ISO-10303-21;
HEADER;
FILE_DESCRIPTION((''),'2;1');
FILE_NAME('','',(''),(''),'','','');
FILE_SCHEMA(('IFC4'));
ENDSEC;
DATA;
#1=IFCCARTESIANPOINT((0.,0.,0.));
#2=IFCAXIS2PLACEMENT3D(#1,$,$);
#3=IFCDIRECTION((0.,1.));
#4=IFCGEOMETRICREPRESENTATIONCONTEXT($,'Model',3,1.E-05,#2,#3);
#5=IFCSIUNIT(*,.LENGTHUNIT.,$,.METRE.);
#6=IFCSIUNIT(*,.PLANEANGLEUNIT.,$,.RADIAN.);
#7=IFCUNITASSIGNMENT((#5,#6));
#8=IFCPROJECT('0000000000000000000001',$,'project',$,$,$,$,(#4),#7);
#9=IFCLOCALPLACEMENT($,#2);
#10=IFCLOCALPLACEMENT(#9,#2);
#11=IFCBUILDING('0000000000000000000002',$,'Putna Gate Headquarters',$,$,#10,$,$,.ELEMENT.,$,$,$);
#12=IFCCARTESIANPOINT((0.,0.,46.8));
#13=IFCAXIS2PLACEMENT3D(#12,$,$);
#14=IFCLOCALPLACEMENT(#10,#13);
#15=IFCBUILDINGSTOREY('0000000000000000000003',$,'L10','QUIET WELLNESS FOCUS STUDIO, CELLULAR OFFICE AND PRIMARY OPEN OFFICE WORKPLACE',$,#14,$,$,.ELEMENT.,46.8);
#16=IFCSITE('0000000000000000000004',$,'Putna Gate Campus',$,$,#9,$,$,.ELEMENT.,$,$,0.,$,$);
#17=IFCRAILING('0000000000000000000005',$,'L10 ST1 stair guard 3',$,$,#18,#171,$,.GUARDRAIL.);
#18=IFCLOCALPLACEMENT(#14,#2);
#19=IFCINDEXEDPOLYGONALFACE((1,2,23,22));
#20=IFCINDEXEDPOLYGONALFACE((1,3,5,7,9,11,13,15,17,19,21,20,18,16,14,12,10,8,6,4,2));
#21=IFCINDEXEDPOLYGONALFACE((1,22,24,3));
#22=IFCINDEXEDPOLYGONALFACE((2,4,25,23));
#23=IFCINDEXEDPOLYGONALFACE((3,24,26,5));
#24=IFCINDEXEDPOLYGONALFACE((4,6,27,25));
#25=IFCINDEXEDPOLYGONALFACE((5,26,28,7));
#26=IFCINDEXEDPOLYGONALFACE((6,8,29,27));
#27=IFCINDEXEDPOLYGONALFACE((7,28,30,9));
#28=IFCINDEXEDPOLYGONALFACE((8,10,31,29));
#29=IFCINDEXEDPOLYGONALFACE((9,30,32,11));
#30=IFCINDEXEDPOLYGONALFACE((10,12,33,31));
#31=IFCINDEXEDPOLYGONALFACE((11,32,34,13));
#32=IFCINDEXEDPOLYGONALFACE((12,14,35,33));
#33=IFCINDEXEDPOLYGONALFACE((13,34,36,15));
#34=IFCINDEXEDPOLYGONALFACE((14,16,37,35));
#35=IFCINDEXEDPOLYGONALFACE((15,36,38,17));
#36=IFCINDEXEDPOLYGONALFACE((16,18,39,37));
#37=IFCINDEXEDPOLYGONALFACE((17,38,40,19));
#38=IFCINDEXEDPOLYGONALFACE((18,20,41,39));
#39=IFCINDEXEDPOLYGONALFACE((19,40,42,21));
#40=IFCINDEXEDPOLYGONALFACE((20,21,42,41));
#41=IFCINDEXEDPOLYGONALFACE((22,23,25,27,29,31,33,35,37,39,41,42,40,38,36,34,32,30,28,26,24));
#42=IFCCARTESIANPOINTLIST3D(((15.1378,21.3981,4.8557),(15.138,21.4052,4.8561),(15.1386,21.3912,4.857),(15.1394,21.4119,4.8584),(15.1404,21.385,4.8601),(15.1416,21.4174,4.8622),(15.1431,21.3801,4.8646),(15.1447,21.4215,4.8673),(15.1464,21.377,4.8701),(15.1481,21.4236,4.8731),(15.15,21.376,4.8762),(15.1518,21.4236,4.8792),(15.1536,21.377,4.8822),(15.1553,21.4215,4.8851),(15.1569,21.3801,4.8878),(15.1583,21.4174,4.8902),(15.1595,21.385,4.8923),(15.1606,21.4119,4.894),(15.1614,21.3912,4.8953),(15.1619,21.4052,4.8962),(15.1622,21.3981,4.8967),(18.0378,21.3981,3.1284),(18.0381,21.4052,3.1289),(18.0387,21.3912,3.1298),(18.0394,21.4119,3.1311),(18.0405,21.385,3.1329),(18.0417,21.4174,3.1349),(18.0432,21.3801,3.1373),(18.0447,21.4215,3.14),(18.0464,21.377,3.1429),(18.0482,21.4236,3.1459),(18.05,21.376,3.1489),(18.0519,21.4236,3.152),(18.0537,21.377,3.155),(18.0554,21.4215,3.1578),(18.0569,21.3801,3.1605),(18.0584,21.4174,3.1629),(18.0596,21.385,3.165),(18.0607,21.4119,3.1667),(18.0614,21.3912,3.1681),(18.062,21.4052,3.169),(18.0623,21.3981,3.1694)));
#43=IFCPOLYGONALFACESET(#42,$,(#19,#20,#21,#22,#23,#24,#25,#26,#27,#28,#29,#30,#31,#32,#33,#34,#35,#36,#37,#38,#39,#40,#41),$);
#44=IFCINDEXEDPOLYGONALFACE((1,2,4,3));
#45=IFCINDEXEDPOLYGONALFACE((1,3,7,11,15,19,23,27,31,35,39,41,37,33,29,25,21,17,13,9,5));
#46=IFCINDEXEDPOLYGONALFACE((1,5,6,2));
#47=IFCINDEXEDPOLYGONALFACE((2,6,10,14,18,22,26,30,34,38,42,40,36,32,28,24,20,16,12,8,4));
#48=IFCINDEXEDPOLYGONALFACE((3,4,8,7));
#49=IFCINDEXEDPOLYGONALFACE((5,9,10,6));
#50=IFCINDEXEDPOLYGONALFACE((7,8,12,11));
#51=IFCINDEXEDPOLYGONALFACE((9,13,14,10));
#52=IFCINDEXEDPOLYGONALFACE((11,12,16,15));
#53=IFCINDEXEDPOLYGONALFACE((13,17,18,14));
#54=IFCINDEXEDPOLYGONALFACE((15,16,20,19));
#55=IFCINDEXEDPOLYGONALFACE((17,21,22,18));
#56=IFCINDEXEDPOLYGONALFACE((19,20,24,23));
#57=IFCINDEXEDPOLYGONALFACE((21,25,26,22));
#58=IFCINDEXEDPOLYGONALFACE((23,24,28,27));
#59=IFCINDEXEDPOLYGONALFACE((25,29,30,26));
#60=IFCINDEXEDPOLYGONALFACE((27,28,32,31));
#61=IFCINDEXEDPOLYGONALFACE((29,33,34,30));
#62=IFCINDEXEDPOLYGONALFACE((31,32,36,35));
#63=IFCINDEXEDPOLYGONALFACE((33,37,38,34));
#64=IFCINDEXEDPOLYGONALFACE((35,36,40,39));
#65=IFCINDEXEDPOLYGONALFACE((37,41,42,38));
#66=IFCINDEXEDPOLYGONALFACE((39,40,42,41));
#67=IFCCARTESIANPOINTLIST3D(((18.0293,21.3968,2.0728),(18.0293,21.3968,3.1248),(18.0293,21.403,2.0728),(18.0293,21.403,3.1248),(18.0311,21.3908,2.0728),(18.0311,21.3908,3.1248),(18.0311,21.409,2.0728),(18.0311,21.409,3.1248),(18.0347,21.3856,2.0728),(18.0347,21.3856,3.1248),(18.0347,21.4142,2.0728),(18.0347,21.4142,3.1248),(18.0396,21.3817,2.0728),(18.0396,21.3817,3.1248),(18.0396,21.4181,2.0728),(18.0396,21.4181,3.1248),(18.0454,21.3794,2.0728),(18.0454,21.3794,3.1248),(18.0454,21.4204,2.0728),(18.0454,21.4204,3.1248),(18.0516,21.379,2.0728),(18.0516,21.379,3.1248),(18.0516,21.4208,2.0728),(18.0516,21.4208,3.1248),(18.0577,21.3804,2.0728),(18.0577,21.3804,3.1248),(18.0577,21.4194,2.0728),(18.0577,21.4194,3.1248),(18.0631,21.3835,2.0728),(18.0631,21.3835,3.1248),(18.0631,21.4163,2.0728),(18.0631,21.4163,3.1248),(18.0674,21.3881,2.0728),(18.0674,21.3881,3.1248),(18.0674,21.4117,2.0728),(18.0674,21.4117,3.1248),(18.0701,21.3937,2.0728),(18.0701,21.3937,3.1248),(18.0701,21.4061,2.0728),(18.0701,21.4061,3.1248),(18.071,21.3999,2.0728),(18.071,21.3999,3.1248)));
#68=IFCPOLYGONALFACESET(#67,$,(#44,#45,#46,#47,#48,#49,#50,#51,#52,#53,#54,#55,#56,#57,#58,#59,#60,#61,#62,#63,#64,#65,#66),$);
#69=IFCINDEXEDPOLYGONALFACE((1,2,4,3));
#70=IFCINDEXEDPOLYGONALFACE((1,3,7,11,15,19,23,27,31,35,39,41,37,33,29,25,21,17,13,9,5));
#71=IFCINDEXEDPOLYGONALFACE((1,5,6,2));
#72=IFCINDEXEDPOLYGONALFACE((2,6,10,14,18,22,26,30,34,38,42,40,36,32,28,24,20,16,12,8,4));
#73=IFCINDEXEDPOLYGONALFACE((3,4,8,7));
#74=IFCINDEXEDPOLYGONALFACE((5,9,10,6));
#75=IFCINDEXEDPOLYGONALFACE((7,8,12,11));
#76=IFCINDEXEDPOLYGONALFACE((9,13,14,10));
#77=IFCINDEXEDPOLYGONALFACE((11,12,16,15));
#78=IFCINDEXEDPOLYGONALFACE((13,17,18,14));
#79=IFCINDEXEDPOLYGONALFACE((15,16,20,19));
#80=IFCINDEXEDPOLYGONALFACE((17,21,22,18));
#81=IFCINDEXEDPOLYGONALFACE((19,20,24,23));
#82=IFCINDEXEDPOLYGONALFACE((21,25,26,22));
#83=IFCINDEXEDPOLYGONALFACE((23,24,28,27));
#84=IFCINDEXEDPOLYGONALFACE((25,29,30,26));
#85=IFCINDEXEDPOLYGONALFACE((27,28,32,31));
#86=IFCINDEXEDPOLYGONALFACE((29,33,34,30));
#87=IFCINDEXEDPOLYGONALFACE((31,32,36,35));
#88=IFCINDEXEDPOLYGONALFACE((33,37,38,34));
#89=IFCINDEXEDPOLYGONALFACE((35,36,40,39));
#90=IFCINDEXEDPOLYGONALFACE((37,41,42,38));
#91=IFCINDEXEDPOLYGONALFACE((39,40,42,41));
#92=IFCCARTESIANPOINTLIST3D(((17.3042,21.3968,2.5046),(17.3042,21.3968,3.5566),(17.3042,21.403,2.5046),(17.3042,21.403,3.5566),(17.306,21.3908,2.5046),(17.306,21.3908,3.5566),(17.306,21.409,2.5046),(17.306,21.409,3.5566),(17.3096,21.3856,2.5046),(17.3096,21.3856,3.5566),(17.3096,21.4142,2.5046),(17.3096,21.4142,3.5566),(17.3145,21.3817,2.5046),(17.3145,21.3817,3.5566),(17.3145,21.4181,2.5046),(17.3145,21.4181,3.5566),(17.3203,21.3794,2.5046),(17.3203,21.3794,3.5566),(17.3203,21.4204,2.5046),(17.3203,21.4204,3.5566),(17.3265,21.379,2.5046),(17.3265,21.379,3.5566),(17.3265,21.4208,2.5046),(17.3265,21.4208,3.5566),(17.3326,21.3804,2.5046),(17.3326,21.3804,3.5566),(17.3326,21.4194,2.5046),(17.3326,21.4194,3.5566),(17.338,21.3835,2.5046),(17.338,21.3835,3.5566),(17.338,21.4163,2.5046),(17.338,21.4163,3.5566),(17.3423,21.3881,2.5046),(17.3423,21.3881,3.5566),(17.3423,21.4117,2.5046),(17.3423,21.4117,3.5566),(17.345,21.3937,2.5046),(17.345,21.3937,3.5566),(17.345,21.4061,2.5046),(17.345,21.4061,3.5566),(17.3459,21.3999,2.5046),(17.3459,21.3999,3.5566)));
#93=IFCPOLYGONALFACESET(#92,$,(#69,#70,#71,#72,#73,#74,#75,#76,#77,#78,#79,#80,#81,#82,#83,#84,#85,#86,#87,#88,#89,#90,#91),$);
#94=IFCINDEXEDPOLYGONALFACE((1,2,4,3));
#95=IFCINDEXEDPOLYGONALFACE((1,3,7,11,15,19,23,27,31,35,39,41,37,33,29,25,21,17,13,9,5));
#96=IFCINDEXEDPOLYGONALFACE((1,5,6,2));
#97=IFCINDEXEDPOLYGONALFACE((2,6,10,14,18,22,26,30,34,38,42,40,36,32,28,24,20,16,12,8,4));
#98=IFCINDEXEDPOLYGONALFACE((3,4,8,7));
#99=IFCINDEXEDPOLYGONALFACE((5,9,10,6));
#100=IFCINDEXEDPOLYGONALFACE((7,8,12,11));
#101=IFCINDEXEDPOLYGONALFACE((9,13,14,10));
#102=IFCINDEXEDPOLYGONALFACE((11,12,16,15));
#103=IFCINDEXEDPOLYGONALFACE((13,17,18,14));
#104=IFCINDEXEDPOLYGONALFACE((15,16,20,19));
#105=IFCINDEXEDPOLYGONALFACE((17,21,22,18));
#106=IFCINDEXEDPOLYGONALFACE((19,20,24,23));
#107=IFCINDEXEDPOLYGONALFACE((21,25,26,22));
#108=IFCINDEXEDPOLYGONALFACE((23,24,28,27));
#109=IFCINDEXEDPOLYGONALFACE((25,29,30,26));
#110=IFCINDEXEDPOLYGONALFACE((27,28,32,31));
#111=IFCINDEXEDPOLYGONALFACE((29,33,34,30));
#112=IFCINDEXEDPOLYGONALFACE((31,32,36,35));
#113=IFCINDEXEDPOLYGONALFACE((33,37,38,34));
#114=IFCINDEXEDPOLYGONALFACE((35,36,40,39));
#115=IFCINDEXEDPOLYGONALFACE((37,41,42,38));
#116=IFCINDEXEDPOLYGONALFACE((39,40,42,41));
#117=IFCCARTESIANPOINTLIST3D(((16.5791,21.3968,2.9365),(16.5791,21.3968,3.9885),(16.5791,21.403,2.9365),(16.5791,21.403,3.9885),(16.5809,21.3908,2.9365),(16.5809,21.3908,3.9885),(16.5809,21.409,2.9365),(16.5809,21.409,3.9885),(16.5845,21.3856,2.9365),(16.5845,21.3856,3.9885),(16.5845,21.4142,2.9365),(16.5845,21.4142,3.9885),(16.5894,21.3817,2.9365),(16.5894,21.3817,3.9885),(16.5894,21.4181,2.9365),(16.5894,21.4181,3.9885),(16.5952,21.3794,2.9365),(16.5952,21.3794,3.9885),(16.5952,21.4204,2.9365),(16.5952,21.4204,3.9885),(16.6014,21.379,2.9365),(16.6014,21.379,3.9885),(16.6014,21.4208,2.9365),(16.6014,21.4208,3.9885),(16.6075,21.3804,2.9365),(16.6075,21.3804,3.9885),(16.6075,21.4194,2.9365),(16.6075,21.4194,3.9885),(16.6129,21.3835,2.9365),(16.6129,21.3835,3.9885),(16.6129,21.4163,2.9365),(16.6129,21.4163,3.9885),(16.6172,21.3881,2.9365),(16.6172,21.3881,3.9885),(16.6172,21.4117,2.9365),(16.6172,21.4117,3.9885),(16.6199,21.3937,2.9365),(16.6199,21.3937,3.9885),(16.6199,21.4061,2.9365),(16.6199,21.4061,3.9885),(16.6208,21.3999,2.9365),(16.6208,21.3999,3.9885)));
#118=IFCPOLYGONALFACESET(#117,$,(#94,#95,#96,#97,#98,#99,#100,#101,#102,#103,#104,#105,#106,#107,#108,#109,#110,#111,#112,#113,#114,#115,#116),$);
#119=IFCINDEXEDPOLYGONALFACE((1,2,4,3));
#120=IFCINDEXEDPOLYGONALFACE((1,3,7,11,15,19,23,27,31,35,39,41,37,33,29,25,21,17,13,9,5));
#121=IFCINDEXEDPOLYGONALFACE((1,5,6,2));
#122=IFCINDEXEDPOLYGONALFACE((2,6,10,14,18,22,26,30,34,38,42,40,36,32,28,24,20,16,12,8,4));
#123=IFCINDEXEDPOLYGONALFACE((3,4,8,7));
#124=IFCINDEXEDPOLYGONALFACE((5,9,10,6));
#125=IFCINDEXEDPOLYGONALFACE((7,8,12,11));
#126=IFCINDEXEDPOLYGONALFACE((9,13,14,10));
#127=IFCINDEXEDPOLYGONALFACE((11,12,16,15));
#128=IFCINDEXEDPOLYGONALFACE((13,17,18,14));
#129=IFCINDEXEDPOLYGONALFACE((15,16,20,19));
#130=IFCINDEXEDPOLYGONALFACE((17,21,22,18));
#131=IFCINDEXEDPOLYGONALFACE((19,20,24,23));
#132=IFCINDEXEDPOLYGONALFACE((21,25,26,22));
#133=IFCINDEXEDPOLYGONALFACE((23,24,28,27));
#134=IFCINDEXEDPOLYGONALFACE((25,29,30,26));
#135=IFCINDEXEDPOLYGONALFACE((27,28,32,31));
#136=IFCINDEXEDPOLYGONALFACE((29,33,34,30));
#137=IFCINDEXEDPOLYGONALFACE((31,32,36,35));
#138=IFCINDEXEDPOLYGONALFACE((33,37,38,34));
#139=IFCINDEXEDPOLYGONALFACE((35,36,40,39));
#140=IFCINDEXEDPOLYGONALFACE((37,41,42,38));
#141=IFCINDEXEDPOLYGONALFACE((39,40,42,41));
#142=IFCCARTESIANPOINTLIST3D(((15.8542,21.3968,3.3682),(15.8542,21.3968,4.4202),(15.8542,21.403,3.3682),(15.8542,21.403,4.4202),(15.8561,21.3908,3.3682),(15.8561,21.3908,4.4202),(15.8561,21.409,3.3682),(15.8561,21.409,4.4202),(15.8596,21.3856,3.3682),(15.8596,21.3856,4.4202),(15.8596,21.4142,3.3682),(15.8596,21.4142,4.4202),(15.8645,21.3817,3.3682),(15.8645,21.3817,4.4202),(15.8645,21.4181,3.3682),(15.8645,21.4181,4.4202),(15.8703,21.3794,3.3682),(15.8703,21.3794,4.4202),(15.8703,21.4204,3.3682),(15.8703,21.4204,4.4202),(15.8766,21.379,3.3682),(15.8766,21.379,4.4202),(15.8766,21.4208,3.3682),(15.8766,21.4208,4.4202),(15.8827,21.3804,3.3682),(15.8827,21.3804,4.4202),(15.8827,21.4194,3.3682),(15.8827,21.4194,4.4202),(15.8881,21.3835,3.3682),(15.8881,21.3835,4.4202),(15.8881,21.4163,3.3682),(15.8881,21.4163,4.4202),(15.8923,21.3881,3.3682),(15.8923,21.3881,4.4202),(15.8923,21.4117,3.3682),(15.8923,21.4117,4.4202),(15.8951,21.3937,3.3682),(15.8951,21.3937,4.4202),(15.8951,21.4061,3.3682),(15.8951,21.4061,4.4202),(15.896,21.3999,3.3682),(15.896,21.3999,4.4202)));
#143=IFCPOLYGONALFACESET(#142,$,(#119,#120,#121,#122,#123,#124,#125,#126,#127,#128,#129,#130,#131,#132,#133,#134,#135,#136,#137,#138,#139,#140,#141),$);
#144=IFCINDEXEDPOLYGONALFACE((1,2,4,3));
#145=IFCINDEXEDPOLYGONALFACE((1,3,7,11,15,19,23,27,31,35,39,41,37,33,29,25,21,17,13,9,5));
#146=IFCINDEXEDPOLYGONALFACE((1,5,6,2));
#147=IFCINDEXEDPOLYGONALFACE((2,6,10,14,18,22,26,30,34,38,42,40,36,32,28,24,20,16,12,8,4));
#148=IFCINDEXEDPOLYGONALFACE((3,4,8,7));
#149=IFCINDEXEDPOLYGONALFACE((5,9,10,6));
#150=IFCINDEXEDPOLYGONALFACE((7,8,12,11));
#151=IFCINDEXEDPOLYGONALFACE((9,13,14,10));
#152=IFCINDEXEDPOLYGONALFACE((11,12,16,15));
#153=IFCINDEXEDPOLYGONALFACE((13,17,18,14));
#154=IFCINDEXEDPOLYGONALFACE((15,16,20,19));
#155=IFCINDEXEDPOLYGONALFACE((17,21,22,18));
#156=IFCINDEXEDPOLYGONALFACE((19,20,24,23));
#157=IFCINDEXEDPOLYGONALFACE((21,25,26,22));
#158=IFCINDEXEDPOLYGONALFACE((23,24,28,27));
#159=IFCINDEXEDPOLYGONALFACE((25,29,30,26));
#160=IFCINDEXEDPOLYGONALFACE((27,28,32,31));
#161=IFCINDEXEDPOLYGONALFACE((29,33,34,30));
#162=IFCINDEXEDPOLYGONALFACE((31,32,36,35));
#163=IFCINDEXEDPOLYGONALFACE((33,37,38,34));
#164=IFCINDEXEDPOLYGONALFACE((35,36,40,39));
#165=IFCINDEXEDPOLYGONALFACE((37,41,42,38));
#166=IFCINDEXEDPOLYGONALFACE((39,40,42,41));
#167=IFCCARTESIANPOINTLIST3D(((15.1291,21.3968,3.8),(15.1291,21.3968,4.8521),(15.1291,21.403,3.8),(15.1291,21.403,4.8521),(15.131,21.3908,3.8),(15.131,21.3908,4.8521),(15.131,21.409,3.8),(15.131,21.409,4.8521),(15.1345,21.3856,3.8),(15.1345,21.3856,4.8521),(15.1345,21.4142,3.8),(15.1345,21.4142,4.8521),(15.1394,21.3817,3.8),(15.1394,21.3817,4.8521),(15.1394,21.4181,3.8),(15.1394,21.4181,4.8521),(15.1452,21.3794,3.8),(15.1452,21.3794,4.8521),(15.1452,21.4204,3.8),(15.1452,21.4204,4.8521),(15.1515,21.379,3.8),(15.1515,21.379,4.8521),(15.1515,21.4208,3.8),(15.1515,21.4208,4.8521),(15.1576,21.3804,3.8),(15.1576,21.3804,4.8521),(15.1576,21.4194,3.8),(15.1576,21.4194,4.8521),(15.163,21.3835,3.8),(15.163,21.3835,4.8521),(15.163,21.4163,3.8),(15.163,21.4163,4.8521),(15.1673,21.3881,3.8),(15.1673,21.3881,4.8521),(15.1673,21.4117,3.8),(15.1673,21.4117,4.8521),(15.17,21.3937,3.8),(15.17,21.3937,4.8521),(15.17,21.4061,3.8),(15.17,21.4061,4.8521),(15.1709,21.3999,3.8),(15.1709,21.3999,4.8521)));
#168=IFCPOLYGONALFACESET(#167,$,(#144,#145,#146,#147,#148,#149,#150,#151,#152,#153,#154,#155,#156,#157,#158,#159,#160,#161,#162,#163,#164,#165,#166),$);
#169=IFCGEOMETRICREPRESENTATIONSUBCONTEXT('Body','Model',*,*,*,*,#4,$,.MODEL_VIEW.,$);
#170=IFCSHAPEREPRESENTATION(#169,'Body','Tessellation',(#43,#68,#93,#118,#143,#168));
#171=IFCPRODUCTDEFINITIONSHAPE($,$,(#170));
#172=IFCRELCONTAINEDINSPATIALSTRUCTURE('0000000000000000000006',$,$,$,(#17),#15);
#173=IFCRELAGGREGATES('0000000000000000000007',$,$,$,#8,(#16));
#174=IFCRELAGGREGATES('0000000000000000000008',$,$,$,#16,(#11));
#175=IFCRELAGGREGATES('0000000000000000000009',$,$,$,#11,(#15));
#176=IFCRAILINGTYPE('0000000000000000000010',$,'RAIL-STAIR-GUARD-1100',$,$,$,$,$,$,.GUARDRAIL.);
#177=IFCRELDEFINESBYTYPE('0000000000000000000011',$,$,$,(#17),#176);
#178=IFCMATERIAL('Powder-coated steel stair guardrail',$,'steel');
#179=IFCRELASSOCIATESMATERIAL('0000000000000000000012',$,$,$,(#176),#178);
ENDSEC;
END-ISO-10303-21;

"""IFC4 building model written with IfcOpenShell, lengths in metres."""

from ifc_helpers import new_model, si_unit, direction, frame, origin, origin_2d, place, context, subcontext, project, spatial, circle, extrude, material, type_object, element, save


model = new_model("IFC4")

# Units and contexts
model_context = context("Model", 3, precision=1e-05, world=origin(), true_north=direction((0.0, 1.0)))
body_context = subcontext(model_context, "Body", "Model", "MODEL_VIEW")
ifc_project = project(units=[si_unit("LENGTHUNIT", "METRE"), si_unit("PLANEANGLEUNIT", "RADIAN")], contexts=[model_context])

# Site, building, storey
site_placement = place(None, origin())
site = spatial("IfcSite", under=ifc_project, at=site_placement, Name="Putna Gate Campus", CompositionType="ELEMENT", RefElevation=0.0)
building_placement = place(site_placement, origin())
building = spatial("IfcBuilding", under=site, at=building_placement, Name="Putna Gate Headquarters", CompositionType="ELEMENT")
storey_placement = place(building_placement, frame((0.0, 0.0, 46.8)))
storey = spatial("IfcBuildingStorey", under=building, at=storey_placement, Name="L10", Description="QUIET WELLNESS FOCUS STUDIO, CELLULAR OFFICE AND PRIMARY OPEN OFFICE WORKPLACE", CompositionType="ELEMENT", Elevation=46.8)

# Railing
ifc_material_1 = material(Name="Powder-coated steel stair guardrail", Category="steel")
railing_type_1 = type_object("IfcRailingType", Name="RAIL-STAIR-GUARD-1100", PredefinedType="GUARDRAIL", material=ifc_material_1)
railing_1_placement = place(storey_placement, frame((18.05, 21.3999, 2.0728)))
element("IfcRailing", 1, at=railing_1_placement, inside=storey, type_object=railing_type_1, Name="L10 ST1 stair guard 3", PredefinedType="GUARDRAIL", context=body_context, shape_type="SweptSolid", body=[
    extrude(circle(Radius=0.0239, at=origin_2d()), frame((0.0, 0.0, 1.0762), z_axis=(-0.85916, 0.0, 0.511706), x_axis=(0.0, -1.0, 0.0)), (0.0, 0.0, 1.0), 3.3755),
    extrude(circle(Radius=0.021, at=origin_2d()), origin(), (0.0, 0.0, 1.0), 1.052),
    extrude(circle(Radius=0.021, at=origin_2d()), frame((-0.7251, 0.0, 0.4319)), (0.0, 0.0, 1.0), 1.052),
    extrude(circle(Radius=0.021, at=origin_2d()), frame((-1.4502, 0.0, 0.8638)), (0.0, 0.0, 1.0), 1.052),
    extrude(circle(Radius=0.021, at=origin_2d()), frame((-2.175, 0.0, 1.2954)), (0.0, 0.0, 1.0), 1.052),
    extrude(circle(Radius=0.021, at=origin_2d()), frame((-2.9001, 0.0, 1.7273)), (0.0, 0.0, 1.0), 1.052),
])

save(model, "model.ifc")
